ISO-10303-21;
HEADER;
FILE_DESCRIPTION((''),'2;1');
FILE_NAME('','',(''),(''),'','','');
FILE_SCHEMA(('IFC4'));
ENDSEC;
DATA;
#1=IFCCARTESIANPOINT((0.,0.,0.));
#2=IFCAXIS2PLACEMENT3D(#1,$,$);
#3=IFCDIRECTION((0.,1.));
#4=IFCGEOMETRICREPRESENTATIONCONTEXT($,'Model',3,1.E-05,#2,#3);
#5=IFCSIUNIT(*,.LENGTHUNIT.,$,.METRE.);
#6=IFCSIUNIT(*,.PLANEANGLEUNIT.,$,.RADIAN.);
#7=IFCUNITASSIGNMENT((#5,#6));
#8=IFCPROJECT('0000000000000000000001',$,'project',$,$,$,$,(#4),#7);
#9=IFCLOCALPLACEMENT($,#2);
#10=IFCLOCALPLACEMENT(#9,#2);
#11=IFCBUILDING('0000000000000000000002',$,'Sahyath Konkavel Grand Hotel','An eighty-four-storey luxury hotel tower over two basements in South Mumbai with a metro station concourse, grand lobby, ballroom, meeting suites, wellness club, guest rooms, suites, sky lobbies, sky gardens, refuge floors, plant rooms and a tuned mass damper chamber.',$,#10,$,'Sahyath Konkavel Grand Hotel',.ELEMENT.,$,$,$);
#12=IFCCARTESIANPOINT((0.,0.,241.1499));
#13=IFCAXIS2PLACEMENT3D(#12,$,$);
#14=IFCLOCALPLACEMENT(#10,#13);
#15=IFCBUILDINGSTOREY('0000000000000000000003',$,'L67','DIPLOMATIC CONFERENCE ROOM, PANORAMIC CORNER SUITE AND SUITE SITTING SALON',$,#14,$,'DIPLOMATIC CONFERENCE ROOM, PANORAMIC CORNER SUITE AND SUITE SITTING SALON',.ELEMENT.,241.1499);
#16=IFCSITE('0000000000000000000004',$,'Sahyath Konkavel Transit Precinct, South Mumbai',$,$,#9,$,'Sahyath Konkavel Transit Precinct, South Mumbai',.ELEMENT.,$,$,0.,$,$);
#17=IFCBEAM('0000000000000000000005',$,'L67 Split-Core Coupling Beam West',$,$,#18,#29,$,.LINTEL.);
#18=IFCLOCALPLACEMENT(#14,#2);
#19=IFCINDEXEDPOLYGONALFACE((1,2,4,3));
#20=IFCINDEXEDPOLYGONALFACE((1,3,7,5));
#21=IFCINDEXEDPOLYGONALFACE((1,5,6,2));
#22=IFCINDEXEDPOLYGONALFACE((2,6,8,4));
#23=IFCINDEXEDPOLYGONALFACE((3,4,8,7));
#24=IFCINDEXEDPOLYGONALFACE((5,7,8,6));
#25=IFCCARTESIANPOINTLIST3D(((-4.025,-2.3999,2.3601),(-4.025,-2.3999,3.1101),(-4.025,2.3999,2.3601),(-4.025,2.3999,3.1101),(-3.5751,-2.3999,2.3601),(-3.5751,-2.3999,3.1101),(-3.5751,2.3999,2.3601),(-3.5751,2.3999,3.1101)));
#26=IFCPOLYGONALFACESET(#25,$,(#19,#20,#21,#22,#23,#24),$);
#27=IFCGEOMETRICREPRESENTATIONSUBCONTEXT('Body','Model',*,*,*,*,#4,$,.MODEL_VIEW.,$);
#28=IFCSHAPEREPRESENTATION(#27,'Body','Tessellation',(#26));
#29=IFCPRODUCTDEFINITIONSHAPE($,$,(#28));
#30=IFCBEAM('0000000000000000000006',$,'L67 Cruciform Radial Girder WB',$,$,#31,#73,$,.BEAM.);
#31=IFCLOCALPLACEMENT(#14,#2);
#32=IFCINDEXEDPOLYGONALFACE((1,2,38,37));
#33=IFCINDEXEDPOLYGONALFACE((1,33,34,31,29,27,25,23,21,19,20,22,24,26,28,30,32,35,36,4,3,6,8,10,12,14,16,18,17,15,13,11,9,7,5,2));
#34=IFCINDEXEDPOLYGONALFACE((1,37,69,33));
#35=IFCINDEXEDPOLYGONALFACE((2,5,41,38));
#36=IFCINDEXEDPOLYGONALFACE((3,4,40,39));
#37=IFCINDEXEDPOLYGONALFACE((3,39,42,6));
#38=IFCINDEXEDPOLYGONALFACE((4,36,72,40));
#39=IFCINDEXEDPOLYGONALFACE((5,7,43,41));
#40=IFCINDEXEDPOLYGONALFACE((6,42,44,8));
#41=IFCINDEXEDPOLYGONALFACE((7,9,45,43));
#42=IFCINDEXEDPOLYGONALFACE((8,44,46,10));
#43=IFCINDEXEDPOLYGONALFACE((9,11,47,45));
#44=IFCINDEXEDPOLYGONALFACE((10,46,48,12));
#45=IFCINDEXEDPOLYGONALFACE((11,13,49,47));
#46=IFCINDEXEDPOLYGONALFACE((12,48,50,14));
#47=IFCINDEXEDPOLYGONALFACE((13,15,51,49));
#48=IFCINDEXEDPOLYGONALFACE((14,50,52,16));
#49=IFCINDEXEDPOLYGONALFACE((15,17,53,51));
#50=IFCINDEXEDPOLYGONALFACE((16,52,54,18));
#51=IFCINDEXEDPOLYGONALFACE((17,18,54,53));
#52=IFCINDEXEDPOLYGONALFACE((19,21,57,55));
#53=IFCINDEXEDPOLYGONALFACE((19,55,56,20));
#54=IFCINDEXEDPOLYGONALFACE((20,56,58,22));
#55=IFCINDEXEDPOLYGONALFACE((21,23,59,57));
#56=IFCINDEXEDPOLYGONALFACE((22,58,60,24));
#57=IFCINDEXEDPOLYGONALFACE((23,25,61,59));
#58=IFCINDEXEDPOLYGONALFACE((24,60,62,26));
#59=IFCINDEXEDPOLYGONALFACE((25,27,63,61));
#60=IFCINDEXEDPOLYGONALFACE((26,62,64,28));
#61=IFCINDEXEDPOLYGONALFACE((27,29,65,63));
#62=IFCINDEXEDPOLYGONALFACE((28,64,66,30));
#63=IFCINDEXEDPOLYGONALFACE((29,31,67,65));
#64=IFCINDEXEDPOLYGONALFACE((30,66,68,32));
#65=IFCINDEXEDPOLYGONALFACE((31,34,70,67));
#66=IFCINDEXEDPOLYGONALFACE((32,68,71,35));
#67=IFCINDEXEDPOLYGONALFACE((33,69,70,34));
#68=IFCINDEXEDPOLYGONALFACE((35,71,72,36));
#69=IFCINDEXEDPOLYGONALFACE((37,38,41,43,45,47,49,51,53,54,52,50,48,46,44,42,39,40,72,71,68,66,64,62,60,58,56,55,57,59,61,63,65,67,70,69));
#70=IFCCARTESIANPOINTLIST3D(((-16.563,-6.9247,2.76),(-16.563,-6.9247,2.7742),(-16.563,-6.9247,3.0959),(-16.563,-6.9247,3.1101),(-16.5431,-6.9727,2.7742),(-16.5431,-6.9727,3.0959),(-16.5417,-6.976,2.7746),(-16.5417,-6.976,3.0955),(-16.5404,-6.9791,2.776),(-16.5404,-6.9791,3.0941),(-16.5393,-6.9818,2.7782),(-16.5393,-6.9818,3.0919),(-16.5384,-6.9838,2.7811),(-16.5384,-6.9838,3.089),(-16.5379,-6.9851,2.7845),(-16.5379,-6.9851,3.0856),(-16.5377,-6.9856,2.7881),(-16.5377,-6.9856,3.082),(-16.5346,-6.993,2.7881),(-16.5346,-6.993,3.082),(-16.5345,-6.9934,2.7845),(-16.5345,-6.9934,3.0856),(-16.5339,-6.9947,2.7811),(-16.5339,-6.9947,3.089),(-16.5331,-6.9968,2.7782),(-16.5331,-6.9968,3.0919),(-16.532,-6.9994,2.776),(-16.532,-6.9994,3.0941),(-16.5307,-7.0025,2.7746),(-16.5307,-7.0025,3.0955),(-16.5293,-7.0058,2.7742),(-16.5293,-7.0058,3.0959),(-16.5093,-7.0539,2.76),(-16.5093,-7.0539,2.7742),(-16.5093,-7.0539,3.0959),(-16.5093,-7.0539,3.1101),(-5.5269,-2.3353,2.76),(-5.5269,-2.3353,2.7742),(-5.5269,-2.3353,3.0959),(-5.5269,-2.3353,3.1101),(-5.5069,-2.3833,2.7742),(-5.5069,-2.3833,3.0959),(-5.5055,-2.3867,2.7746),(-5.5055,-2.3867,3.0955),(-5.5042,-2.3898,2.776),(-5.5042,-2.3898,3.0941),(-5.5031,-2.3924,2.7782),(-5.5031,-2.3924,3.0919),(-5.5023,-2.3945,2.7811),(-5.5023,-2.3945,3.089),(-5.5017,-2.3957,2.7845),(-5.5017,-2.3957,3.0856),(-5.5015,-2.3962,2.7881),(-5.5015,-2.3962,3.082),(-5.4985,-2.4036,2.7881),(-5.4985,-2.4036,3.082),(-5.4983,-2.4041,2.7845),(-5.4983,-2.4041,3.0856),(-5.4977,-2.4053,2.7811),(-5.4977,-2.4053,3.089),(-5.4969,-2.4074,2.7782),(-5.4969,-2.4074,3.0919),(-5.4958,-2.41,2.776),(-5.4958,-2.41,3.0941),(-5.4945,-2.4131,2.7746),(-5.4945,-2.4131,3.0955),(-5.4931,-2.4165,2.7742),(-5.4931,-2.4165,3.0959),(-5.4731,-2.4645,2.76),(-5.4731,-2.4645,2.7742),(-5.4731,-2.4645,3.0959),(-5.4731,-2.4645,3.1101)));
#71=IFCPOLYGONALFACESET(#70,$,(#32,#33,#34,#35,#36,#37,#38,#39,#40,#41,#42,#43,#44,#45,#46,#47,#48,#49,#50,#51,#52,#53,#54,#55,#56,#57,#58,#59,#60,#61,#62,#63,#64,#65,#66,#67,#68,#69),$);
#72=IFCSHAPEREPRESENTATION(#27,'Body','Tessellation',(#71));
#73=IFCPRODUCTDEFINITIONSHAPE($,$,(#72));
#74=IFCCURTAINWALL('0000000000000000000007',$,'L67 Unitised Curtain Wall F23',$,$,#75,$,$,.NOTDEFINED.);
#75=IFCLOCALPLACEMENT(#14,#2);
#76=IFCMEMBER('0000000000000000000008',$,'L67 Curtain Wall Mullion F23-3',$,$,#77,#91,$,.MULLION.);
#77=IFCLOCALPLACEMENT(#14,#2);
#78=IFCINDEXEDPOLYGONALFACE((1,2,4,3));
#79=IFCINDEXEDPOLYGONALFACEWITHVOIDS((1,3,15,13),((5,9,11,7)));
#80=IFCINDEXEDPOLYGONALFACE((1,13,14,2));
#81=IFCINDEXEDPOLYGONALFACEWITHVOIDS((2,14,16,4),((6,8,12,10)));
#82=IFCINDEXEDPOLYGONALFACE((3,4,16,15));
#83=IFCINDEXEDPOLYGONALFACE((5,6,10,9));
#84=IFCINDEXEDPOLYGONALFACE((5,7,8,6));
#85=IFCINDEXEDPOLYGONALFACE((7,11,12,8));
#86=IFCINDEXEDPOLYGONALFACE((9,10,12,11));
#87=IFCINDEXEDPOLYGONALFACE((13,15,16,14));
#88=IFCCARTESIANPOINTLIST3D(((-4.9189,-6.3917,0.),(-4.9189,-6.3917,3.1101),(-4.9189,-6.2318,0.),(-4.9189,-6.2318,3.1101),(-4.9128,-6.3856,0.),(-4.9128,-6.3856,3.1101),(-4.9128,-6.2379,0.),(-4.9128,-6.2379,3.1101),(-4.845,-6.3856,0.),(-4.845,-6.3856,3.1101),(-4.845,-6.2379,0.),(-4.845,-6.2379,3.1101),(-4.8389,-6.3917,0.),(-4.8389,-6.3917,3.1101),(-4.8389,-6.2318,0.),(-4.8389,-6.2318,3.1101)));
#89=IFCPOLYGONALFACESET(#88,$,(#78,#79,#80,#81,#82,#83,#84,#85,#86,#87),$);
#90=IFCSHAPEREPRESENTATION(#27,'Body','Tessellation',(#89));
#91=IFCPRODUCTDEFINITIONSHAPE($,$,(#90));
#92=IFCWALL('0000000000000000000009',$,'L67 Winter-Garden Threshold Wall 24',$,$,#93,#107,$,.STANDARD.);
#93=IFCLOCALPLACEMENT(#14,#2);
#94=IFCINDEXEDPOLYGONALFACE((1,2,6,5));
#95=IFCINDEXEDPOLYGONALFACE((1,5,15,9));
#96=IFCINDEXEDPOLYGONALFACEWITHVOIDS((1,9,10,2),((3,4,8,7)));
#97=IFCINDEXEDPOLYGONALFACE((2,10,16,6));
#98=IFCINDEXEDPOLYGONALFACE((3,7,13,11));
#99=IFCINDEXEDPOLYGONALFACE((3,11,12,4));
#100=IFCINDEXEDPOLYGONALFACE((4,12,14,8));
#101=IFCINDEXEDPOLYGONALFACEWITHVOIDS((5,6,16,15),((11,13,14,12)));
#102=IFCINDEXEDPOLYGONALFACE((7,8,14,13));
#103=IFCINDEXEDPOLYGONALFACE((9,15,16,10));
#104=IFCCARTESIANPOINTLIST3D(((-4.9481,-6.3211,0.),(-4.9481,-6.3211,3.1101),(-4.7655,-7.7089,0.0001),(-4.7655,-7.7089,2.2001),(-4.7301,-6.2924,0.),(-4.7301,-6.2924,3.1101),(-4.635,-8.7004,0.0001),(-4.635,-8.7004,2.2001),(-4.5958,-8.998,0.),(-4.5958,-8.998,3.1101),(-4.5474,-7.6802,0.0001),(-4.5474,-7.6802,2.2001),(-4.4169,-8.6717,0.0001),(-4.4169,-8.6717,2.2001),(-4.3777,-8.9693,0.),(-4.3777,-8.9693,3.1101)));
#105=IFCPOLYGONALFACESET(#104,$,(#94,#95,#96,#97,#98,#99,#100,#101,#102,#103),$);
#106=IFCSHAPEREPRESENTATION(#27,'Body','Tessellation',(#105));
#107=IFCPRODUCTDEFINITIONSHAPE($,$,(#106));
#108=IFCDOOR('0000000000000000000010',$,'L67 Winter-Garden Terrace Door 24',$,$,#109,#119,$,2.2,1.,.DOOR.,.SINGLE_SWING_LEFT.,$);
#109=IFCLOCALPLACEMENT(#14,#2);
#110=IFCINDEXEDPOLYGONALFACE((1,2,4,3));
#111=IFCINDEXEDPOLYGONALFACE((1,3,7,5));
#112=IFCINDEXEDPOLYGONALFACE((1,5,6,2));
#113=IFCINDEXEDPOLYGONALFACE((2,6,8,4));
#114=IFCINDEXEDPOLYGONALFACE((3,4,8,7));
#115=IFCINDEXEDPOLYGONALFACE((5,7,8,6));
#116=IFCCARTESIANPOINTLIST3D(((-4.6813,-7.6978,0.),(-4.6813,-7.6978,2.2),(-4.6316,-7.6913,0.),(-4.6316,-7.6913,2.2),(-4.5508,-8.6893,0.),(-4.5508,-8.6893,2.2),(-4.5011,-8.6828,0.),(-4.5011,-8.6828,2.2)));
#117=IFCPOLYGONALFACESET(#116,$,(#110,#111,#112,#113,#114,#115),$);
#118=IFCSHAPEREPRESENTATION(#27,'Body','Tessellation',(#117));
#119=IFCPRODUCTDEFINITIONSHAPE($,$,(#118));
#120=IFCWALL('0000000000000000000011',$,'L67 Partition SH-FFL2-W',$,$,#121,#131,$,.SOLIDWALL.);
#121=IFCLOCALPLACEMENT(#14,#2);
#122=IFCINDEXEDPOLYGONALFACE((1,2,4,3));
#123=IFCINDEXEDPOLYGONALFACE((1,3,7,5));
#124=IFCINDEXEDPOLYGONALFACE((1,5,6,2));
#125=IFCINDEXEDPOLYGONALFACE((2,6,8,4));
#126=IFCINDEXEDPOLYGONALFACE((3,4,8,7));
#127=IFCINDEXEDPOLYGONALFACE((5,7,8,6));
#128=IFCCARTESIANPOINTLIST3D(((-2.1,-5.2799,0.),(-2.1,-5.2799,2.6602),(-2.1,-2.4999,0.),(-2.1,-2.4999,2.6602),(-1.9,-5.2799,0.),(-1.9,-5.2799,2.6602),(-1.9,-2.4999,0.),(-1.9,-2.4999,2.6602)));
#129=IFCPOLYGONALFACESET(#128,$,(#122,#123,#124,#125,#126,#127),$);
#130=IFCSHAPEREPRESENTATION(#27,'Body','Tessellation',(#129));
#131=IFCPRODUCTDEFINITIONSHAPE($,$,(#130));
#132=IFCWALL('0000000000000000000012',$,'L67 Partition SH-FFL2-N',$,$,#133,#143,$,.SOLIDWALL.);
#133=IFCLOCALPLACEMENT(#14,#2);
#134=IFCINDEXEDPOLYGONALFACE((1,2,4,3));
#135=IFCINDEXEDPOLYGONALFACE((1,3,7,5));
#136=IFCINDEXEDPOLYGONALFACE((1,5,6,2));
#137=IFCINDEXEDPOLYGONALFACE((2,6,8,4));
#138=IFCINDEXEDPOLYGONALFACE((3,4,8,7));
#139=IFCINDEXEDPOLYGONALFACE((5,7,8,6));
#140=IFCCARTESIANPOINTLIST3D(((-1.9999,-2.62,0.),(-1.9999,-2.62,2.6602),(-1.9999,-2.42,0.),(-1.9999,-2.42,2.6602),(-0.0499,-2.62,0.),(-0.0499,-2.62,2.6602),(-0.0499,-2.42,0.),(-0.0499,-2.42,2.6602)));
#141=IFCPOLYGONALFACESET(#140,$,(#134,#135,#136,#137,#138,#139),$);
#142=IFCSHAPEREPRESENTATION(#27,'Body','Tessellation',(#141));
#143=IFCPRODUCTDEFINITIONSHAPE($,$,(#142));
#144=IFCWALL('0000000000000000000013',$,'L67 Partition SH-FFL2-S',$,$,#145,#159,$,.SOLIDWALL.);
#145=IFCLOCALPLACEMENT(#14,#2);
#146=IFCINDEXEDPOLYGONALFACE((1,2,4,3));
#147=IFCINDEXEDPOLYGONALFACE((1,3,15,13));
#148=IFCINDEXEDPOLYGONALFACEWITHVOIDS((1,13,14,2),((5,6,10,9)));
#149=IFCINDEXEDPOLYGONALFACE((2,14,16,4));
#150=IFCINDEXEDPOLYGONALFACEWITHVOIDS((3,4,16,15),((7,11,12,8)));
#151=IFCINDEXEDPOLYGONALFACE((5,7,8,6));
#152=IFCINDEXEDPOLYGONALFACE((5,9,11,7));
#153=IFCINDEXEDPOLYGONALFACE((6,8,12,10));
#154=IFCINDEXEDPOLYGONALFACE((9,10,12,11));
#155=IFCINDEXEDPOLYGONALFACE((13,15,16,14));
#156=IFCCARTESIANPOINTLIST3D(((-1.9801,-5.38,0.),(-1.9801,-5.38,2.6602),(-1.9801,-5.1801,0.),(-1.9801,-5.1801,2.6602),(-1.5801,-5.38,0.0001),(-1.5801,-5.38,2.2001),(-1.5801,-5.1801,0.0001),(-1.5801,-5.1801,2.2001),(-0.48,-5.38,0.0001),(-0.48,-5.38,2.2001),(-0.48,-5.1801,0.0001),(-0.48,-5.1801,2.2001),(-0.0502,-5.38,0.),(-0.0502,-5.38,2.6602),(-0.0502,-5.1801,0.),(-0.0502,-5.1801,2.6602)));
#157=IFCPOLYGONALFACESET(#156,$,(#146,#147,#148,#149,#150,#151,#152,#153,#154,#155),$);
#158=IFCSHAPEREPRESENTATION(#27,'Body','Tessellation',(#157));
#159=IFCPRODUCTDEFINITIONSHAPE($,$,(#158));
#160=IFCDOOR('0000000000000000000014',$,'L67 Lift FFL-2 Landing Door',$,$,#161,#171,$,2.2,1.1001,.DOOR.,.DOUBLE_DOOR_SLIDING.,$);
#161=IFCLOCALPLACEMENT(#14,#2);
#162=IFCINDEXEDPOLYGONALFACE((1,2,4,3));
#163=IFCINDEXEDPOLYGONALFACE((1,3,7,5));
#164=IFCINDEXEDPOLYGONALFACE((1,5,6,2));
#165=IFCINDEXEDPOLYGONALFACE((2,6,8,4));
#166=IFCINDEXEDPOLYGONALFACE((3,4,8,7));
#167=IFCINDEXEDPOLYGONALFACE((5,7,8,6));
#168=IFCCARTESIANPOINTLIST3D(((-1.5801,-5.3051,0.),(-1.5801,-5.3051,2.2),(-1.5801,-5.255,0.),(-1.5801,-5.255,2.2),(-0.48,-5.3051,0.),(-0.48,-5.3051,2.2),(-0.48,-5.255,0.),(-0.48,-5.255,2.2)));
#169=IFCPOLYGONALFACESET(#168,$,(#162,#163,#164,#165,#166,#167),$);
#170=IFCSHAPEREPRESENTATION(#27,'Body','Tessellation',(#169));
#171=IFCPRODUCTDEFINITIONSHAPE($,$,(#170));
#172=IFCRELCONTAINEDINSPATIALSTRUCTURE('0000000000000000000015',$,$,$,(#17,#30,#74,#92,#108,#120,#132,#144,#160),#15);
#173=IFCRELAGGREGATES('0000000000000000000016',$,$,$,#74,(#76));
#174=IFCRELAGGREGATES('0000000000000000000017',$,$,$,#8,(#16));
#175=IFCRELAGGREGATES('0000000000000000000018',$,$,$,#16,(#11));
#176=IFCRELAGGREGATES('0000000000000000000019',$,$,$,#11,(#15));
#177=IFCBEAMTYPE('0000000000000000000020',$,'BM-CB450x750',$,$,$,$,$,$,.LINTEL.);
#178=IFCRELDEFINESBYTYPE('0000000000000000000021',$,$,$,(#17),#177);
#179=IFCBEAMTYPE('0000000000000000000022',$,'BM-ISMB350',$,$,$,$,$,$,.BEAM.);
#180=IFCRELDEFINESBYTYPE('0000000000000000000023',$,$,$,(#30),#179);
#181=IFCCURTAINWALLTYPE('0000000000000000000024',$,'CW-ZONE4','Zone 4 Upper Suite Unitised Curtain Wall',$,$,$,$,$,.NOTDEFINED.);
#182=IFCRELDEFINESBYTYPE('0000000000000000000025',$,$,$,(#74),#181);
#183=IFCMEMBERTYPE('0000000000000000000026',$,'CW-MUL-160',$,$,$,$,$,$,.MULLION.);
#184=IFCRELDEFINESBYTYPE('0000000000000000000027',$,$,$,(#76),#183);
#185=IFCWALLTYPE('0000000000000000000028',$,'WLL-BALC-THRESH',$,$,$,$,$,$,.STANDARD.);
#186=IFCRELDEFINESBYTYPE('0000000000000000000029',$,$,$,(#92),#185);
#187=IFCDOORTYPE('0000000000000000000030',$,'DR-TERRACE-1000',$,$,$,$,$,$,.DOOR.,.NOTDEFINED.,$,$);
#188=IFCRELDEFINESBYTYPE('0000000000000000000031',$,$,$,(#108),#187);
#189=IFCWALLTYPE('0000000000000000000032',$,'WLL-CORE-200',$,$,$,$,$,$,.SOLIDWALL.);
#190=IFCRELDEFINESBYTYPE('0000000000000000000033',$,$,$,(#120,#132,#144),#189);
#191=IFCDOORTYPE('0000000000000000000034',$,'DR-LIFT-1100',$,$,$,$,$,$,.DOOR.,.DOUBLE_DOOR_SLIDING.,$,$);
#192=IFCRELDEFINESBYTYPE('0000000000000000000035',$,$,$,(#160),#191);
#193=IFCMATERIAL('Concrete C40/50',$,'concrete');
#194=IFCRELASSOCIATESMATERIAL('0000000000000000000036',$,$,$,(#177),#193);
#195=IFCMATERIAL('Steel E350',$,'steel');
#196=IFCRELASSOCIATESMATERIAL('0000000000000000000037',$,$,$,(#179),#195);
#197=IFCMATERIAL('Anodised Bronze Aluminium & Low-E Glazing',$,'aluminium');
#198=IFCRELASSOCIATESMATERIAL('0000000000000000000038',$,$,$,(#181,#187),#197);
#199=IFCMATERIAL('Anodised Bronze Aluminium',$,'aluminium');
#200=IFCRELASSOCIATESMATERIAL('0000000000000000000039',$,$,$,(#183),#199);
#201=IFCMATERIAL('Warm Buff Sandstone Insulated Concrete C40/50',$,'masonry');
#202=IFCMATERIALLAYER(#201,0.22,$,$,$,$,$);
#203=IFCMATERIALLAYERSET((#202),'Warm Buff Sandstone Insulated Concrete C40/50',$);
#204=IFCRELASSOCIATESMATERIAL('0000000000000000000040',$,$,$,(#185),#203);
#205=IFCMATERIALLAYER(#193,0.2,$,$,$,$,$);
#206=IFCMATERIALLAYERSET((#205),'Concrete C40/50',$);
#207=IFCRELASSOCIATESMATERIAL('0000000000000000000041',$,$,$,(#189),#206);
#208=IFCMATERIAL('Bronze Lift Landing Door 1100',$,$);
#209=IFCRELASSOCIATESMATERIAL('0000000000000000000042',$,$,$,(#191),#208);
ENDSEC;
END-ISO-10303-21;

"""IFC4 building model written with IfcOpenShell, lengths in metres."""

from ifc_helpers import new_model, si_unit, direction, frame, frame_2d, origin, origin_2d, place, context, subcontext, project, spatial, rectangle, hollow_rectangle, i_section, extrude, source, transform, mapped, material, layer, layer_set, material_profile, profile_set, type_object, element, fill, aggregate, save


model = new_model("IFC4")

# Units and contexts
model_context = context("Model", 3, precision=1e-05, world=origin(), true_north=direction((0.0, 1.0)))
body_context = subcontext(model_context, "Body", "Model", "MODEL_VIEW")
ifc_project = project(units=[si_unit("LENGTHUNIT", "METRE"), si_unit("PLANEANGLEUNIT", "RADIAN")], contexts=[model_context])

# Site, building, storey
site_placement = place(None, origin())
site = spatial("IfcSite", under=ifc_project, at=site_placement, Name="Sahyath Konkavel Transit Precinct, South Mumbai", LongName="Sahyath Konkavel Transit Precinct, South Mumbai", CompositionType="ELEMENT", RefElevation=0.0)
building_placement = place(site_placement, origin())
building = spatial("IfcBuilding", under=site, at=building_placement, Name="Sahyath Konkavel Grand Hotel", Description="An eighty-four-storey luxury hotel tower over two basements in South Mumbai with a metro station concourse, grand lobby, ballroom, meeting suites, wellness club, guest rooms, suites, sky lobbies, sky gardens, refuge floors, plant rooms and a tuned mass damper chamber.", LongName="Sahyath Konkavel Grand Hotel", CompositionType="ELEMENT")
storey_placement = place(building_placement, frame((0.0, 0.0, 241.1499)))
storey = spatial("IfcBuildingStorey", under=building, at=storey_placement, Name="L67", Description="DIPLOMATIC CONFERENCE ROOM, PANORAMIC CORNER SUITE AND SUITE SITTING SALON", LongName="DIPLOMATIC CONFERENCE ROOM, PANORAMIC CORNER SUITE AND SUITE SITTING SALON", CompositionType="ELEMENT", Elevation=241.1499)

# Shared definitions
ifc_material_1 = material(Name="Concrete C40/50", Category="concrete")

# Beams
ifc_material_2 = material(Name="Steel E350", Category="steel")
ifc_material_profile_1 = material_profile(ifc_material_1, rectangle(XDim=0.45, YDim=0.75, at=origin_2d()), Name="RC 450x750")
ifc_profile_set_1 = profile_set([ifc_material_profile_1], Name="Concrete C40/50")
beam_type_1 = type_object("IfcBeamType", Name="BM-CB450x750", PredefinedType="LINTEL", material=ifc_profile_set_1)
shared_shape_1 = source(origin(), body_context, "Body", "SweptSolid", [
    extrude(rectangle(XDim=0.45, YDim=0.75, at=origin_2d()), origin(), (0.0, 0.0, 1.0), 4.7998),
])
beam_1_placement = place(storey_placement, frame((-3.8, -2.3999, 2.7351), z_axis=(0.0, 1.0, 0.0), x_axis=(-1.0, 0.0, 0.0)))
element("IfcBeam", 1, at=beam_1_placement, inside=storey, type_object=beam_type_1, Name="L67 Split-Core Coupling Beam West", PredefinedType="LINTEL", context=body_context, shape_type="MappedRepresentation", body=[
    mapped(shared_shape_1, transform((0.0, 0.0, 0.0), scale=1.0)),
])
ifc_material_profile_2 = material_profile(ifc_material_2, i_section(OverallWidth=0.1399, OverallDepth=0.3501, WebThickness=0.0081, FlangeThickness=0.0142, FilletRadius=0.0139, at=origin_2d()), Name="ISMB 350")
ifc_profile_set_2 = profile_set([ifc_material_profile_2], Name="Steel E350")
beam_type_2 = type_object("IfcBeamType", Name="BM-ISMB350", PredefinedType="BEAM", material=ifc_profile_set_2)
shared_shape_2 = source(origin(), body_context, "Body", "SweptSolid", [
    extrude(i_section(OverallWidth=0.1399, OverallDepth=0.3501, WebThickness=0.0081, FlangeThickness=0.0142, FilletRadius=0.0139, at=origin_2d()), origin(), (0.0, 0.0, 1.0), 11.9524),
])
beam_2_placement = place(storey_placement, frame((-5.5, -2.3999, 2.9351), z_axis=(-0.923345, -0.383971, 0.0), x_axis=(0.383971, -0.923345, 0.0)))
element("IfcBeam", 2, at=beam_2_placement, inside=storey, type_object=beam_type_2, Name="L67 Cruciform Radial Girder WB", PredefinedType="BEAM", context=body_context, shape_type="MappedRepresentation", body=[
    mapped(shared_shape_2, transform((0.0, 0.0, 0.0), scale=1.0)),
])

# Curtain wall, member
ifc_material_3 = material(Name="Anodised Bronze Aluminium & Low-E Glazing", Category="aluminium")
curtain_wall_type = type_object("IfcCurtainWallType", Name="CW-ZONE4", Description="Zone 4 Upper Suite Unitised Curtain Wall", PredefinedType="NOTDEFINED", material=ifc_material_3)
curtain_wall_placement = place(storey_placement, origin())
curtain_wall = element("IfcCurtainWall", 3, at=curtain_wall_placement, inside=storey, type_object=curtain_wall_type, Name="L67 Unitised Curtain Wall F23", PredefinedType="NOTDEFINED")
ifc_material_4 = material(Name="Anodised Bronze Aluminium", Category="aluminium")
ifc_material_profile_3 = material_profile(ifc_material_4, hollow_rectangle(XDim=0.0801, YDim=0.1599, WallThickness=0.0061, at=origin_2d()), Name="RHS 160x80x6")
ifc_profile_set_3 = profile_set([ifc_material_profile_3], Name="Anodised Bronze Aluminium")
member_type = type_object("IfcMemberType", Name="CW-MUL-160", PredefinedType="MULLION", material=ifc_profile_set_3)
shared_shape_3 = source(origin(), body_context, "Body", "SweptSolid", [
    extrude(hollow_rectangle(XDim=0.0801, YDim=0.1599, WallThickness=0.0061, at=origin_2d()), origin(), (0.0, 0.0, 1.0), 3.1101),
])
member_placement = place(storey_placement, frame((-4.8789, -6.3118, 0.0), z_axis=(0.0, 0.0, 1.0), x_axis=(1.0, 0.0, 0.0)))
member = element("IfcMember", 4, at=member_placement, type_object=member_type, Name="L67 Curtain Wall Mullion F23-3", PredefinedType="MULLION", context=body_context, shape_type="MappedRepresentation", body=[
    mapped(shared_shape_3, transform((0.0, 0.0, 0.0), scale=1.0)),
])
aggregate(curtain_wall, [member])

# Wall, opening, door
ifc_material_5 = material(Name="Warm Buff Sandstone Insulated Concrete C40/50", Category="masonry")
ifc_layer_1 = layer(ifc_material_5, 0.22)
ifc_layer_set_1 = layer_set([ifc_layer_1], Name="Warm Buff Sandstone Insulated Concrete C40/50")
wall_type_1 = type_object("IfcWallType", Name="WLL-BALC-THRESH", PredefinedType="STANDARD", material=ifc_layer_set_1)
wall_1_placement = place(storey_placement, frame((-4.8391, -6.3066, 0.0), z_axis=(0.0, 0.0, 1.0), x_axis=(0.130487, -0.99145, 0.0)))
wall_1 = element("IfcWall", 5, at=wall_1_placement, inside=storey, type_object=wall_type_1, Name="L67 Winter-Garden Threshold Wall 24", PredefinedType="STANDARD", context=body_context, shape_type="SweptSolid", body=[
    extrude(rectangle(XDim=2.7, YDim=0.22, at=frame_2d((1.3501, 0.0))), origin(), (0.0, 0.0, 1.0), 3.1101),
])
opening_1_placement = place(wall_1_placement, frame((1.3999, 0.0, 0.0)))
opening_1 = element("IfcOpeningElement", 6, at=opening_1_placement, cuts=wall_1, PredefinedType="OPENING", context=body_context, shape_type="SweptSolid", body=[
    extrude(rectangle(XDim=1.0, YDim=2.2, at=frame_2d((0.5, 1.1001))), frame((0.0, 0.1201, 0.0), z_axis=(0.0, -1.0, 0.0), x_axis=(1.0, 0.0, 0.0)), (0.0, 0.0, 1.0), 0.24),
])
door_type_1 = type_object("IfcDoorType", Name="DR-TERRACE-1000", OperationType="NOTDEFINED", PredefinedType="DOOR", material=ifc_material_3)
shared_shape_4 = source(origin(), body_context, "Body", "SweptSolid", [
    extrude(rectangle(XDim=1.0, YDim=0.05, at=origin_2d()), origin(), (0.0, 0.0, 1.0), 2.2),
])
door_1_placement = place(opening_1_placement, frame((0.5, 0.0, 0.0)))
door_1 = element("IfcDoor", 7, at=door_1_placement, inside=storey, type_object=door_type_1, Name="L67 Winter-Garden Terrace Door 24", OperationType="SINGLE_SWING_LEFT", OverallHeight=2.2, OverallWidth=1.0, PredefinedType="DOOR", context=body_context, shape_type="MappedRepresentation", body=[
    mapped(shared_shape_4, transform((0.0, 0.0, 0.0), scale=1.0)),
])
fill(opening_1, door_1)

# Walls
ifc_layer_2 = layer(ifc_material_1, 0.2)
ifc_layer_set_2 = layer_set([ifc_layer_2], Name="Concrete C40/50")
wall_type_2 = type_object("IfcWallType", Name="WLL-CORE-200", PredefinedType="SOLIDWALL", material=ifc_layer_set_2)
wall_2_placement = place(storey_placement, frame((-2.0, -5.28, 0.0), z_axis=(0.0, 0.0, 1.0), x_axis=(0.0, 1.0, 0.0)))
element("IfcWall", 8, at=wall_2_placement, inside=storey, type_object=wall_type_2, Name="L67 Partition SH-FFL2-W", PredefinedType="SOLIDWALL", context=body_context, shape_type="SweptSolid", body=[
    extrude(rectangle(XDim=2.78, YDim=0.2, at=frame_2d((1.3901, 0.0))), origin(), (0.0, 0.0, 1.0), 2.6602),
])
wall_3_placement = place(storey_placement, frame((-2.0, -2.52, 0.0), z_axis=(0.0, 0.0, 1.0), x_axis=(1.0, 0.0, 0.0)))
element("IfcWall", 9, at=wall_3_placement, inside=storey, type_object=wall_type_2, Name="L67 Partition SH-FFL2-N", PredefinedType="SOLIDWALL", context=body_context, shape_type="SweptSolid", body=[
    extrude(rectangle(XDim=1.95, YDim=0.2, at=frame_2d((0.9751, 0.0))), origin(), (0.0, 0.0, 1.0), 2.6602),
])

# Wall, opening, door
wall_4_placement = place(storey_placement, frame((-1.98, -5.28, 0.0), z_axis=(0.0, 0.0, 1.0), x_axis=(1.0, 0.0, 0.0)))
wall_4 = element("IfcWall", 10, at=wall_4_placement, inside=storey, type_object=wall_type_2, Name="L67 Partition SH-FFL2-S", PredefinedType="SOLIDWALL", context=body_context, shape_type="SweptSolid", body=[
    extrude(rectangle(XDim=1.9299, YDim=0.2, at=frame_2d((0.9648, 0.0))), origin(), (0.0, 0.0, 1.0), 2.6602),
])
opening_2_placement = place(wall_4_placement, frame((0.3999, 0.0, 0.0)))
opening_2 = element("IfcOpeningElement", 11, at=opening_2_placement, cuts=wall_4, PredefinedType="OPENING", context=body_context, shape_type="SweptSolid", body=[
    extrude(rectangle(XDim=1.1001, YDim=2.2, at=frame_2d((0.55, 1.1001))), frame((0.0, 0.1099, 0.0), z_axis=(0.0, -1.0, 0.0), x_axis=(1.0, 0.0, 0.0)), (0.0, 0.0, 1.0), 0.22),
])
ifc_material_6 = material(Name="Bronze Lift Landing Door 1100")
door_type_2 = type_object("IfcDoorType", Name="DR-LIFT-1100", OperationType="DOUBLE_DOOR_SLIDING", PredefinedType="DOOR", material=ifc_material_6)
shared_shape_5 = source(origin(), body_context, "Body", "SweptSolid", [
    extrude(rectangle(XDim=1.1001, YDim=0.05, at=origin_2d()), origin(), (0.0, 0.0, 1.0), 2.2),
])
door_2_placement = place(opening_2_placement, frame((0.55, 0.0, 0.0)))
door_2 = element("IfcDoor", 12, at=door_2_placement, inside=storey, type_object=door_type_2, Name="L67 Lift FFL-2 Landing Door", OperationType="DOUBLE_DOOR_SLIDING", OverallHeight=2.2, OverallWidth=1.1001, PredefinedType="DOOR", context=body_context, shape_type="MappedRepresentation", body=[
    mapped(shared_shape_5, transform((0.0, 0.0, 0.0), scale=1.0)),
])
fill(opening_2, door_2)

save(model, "model.ifc")
